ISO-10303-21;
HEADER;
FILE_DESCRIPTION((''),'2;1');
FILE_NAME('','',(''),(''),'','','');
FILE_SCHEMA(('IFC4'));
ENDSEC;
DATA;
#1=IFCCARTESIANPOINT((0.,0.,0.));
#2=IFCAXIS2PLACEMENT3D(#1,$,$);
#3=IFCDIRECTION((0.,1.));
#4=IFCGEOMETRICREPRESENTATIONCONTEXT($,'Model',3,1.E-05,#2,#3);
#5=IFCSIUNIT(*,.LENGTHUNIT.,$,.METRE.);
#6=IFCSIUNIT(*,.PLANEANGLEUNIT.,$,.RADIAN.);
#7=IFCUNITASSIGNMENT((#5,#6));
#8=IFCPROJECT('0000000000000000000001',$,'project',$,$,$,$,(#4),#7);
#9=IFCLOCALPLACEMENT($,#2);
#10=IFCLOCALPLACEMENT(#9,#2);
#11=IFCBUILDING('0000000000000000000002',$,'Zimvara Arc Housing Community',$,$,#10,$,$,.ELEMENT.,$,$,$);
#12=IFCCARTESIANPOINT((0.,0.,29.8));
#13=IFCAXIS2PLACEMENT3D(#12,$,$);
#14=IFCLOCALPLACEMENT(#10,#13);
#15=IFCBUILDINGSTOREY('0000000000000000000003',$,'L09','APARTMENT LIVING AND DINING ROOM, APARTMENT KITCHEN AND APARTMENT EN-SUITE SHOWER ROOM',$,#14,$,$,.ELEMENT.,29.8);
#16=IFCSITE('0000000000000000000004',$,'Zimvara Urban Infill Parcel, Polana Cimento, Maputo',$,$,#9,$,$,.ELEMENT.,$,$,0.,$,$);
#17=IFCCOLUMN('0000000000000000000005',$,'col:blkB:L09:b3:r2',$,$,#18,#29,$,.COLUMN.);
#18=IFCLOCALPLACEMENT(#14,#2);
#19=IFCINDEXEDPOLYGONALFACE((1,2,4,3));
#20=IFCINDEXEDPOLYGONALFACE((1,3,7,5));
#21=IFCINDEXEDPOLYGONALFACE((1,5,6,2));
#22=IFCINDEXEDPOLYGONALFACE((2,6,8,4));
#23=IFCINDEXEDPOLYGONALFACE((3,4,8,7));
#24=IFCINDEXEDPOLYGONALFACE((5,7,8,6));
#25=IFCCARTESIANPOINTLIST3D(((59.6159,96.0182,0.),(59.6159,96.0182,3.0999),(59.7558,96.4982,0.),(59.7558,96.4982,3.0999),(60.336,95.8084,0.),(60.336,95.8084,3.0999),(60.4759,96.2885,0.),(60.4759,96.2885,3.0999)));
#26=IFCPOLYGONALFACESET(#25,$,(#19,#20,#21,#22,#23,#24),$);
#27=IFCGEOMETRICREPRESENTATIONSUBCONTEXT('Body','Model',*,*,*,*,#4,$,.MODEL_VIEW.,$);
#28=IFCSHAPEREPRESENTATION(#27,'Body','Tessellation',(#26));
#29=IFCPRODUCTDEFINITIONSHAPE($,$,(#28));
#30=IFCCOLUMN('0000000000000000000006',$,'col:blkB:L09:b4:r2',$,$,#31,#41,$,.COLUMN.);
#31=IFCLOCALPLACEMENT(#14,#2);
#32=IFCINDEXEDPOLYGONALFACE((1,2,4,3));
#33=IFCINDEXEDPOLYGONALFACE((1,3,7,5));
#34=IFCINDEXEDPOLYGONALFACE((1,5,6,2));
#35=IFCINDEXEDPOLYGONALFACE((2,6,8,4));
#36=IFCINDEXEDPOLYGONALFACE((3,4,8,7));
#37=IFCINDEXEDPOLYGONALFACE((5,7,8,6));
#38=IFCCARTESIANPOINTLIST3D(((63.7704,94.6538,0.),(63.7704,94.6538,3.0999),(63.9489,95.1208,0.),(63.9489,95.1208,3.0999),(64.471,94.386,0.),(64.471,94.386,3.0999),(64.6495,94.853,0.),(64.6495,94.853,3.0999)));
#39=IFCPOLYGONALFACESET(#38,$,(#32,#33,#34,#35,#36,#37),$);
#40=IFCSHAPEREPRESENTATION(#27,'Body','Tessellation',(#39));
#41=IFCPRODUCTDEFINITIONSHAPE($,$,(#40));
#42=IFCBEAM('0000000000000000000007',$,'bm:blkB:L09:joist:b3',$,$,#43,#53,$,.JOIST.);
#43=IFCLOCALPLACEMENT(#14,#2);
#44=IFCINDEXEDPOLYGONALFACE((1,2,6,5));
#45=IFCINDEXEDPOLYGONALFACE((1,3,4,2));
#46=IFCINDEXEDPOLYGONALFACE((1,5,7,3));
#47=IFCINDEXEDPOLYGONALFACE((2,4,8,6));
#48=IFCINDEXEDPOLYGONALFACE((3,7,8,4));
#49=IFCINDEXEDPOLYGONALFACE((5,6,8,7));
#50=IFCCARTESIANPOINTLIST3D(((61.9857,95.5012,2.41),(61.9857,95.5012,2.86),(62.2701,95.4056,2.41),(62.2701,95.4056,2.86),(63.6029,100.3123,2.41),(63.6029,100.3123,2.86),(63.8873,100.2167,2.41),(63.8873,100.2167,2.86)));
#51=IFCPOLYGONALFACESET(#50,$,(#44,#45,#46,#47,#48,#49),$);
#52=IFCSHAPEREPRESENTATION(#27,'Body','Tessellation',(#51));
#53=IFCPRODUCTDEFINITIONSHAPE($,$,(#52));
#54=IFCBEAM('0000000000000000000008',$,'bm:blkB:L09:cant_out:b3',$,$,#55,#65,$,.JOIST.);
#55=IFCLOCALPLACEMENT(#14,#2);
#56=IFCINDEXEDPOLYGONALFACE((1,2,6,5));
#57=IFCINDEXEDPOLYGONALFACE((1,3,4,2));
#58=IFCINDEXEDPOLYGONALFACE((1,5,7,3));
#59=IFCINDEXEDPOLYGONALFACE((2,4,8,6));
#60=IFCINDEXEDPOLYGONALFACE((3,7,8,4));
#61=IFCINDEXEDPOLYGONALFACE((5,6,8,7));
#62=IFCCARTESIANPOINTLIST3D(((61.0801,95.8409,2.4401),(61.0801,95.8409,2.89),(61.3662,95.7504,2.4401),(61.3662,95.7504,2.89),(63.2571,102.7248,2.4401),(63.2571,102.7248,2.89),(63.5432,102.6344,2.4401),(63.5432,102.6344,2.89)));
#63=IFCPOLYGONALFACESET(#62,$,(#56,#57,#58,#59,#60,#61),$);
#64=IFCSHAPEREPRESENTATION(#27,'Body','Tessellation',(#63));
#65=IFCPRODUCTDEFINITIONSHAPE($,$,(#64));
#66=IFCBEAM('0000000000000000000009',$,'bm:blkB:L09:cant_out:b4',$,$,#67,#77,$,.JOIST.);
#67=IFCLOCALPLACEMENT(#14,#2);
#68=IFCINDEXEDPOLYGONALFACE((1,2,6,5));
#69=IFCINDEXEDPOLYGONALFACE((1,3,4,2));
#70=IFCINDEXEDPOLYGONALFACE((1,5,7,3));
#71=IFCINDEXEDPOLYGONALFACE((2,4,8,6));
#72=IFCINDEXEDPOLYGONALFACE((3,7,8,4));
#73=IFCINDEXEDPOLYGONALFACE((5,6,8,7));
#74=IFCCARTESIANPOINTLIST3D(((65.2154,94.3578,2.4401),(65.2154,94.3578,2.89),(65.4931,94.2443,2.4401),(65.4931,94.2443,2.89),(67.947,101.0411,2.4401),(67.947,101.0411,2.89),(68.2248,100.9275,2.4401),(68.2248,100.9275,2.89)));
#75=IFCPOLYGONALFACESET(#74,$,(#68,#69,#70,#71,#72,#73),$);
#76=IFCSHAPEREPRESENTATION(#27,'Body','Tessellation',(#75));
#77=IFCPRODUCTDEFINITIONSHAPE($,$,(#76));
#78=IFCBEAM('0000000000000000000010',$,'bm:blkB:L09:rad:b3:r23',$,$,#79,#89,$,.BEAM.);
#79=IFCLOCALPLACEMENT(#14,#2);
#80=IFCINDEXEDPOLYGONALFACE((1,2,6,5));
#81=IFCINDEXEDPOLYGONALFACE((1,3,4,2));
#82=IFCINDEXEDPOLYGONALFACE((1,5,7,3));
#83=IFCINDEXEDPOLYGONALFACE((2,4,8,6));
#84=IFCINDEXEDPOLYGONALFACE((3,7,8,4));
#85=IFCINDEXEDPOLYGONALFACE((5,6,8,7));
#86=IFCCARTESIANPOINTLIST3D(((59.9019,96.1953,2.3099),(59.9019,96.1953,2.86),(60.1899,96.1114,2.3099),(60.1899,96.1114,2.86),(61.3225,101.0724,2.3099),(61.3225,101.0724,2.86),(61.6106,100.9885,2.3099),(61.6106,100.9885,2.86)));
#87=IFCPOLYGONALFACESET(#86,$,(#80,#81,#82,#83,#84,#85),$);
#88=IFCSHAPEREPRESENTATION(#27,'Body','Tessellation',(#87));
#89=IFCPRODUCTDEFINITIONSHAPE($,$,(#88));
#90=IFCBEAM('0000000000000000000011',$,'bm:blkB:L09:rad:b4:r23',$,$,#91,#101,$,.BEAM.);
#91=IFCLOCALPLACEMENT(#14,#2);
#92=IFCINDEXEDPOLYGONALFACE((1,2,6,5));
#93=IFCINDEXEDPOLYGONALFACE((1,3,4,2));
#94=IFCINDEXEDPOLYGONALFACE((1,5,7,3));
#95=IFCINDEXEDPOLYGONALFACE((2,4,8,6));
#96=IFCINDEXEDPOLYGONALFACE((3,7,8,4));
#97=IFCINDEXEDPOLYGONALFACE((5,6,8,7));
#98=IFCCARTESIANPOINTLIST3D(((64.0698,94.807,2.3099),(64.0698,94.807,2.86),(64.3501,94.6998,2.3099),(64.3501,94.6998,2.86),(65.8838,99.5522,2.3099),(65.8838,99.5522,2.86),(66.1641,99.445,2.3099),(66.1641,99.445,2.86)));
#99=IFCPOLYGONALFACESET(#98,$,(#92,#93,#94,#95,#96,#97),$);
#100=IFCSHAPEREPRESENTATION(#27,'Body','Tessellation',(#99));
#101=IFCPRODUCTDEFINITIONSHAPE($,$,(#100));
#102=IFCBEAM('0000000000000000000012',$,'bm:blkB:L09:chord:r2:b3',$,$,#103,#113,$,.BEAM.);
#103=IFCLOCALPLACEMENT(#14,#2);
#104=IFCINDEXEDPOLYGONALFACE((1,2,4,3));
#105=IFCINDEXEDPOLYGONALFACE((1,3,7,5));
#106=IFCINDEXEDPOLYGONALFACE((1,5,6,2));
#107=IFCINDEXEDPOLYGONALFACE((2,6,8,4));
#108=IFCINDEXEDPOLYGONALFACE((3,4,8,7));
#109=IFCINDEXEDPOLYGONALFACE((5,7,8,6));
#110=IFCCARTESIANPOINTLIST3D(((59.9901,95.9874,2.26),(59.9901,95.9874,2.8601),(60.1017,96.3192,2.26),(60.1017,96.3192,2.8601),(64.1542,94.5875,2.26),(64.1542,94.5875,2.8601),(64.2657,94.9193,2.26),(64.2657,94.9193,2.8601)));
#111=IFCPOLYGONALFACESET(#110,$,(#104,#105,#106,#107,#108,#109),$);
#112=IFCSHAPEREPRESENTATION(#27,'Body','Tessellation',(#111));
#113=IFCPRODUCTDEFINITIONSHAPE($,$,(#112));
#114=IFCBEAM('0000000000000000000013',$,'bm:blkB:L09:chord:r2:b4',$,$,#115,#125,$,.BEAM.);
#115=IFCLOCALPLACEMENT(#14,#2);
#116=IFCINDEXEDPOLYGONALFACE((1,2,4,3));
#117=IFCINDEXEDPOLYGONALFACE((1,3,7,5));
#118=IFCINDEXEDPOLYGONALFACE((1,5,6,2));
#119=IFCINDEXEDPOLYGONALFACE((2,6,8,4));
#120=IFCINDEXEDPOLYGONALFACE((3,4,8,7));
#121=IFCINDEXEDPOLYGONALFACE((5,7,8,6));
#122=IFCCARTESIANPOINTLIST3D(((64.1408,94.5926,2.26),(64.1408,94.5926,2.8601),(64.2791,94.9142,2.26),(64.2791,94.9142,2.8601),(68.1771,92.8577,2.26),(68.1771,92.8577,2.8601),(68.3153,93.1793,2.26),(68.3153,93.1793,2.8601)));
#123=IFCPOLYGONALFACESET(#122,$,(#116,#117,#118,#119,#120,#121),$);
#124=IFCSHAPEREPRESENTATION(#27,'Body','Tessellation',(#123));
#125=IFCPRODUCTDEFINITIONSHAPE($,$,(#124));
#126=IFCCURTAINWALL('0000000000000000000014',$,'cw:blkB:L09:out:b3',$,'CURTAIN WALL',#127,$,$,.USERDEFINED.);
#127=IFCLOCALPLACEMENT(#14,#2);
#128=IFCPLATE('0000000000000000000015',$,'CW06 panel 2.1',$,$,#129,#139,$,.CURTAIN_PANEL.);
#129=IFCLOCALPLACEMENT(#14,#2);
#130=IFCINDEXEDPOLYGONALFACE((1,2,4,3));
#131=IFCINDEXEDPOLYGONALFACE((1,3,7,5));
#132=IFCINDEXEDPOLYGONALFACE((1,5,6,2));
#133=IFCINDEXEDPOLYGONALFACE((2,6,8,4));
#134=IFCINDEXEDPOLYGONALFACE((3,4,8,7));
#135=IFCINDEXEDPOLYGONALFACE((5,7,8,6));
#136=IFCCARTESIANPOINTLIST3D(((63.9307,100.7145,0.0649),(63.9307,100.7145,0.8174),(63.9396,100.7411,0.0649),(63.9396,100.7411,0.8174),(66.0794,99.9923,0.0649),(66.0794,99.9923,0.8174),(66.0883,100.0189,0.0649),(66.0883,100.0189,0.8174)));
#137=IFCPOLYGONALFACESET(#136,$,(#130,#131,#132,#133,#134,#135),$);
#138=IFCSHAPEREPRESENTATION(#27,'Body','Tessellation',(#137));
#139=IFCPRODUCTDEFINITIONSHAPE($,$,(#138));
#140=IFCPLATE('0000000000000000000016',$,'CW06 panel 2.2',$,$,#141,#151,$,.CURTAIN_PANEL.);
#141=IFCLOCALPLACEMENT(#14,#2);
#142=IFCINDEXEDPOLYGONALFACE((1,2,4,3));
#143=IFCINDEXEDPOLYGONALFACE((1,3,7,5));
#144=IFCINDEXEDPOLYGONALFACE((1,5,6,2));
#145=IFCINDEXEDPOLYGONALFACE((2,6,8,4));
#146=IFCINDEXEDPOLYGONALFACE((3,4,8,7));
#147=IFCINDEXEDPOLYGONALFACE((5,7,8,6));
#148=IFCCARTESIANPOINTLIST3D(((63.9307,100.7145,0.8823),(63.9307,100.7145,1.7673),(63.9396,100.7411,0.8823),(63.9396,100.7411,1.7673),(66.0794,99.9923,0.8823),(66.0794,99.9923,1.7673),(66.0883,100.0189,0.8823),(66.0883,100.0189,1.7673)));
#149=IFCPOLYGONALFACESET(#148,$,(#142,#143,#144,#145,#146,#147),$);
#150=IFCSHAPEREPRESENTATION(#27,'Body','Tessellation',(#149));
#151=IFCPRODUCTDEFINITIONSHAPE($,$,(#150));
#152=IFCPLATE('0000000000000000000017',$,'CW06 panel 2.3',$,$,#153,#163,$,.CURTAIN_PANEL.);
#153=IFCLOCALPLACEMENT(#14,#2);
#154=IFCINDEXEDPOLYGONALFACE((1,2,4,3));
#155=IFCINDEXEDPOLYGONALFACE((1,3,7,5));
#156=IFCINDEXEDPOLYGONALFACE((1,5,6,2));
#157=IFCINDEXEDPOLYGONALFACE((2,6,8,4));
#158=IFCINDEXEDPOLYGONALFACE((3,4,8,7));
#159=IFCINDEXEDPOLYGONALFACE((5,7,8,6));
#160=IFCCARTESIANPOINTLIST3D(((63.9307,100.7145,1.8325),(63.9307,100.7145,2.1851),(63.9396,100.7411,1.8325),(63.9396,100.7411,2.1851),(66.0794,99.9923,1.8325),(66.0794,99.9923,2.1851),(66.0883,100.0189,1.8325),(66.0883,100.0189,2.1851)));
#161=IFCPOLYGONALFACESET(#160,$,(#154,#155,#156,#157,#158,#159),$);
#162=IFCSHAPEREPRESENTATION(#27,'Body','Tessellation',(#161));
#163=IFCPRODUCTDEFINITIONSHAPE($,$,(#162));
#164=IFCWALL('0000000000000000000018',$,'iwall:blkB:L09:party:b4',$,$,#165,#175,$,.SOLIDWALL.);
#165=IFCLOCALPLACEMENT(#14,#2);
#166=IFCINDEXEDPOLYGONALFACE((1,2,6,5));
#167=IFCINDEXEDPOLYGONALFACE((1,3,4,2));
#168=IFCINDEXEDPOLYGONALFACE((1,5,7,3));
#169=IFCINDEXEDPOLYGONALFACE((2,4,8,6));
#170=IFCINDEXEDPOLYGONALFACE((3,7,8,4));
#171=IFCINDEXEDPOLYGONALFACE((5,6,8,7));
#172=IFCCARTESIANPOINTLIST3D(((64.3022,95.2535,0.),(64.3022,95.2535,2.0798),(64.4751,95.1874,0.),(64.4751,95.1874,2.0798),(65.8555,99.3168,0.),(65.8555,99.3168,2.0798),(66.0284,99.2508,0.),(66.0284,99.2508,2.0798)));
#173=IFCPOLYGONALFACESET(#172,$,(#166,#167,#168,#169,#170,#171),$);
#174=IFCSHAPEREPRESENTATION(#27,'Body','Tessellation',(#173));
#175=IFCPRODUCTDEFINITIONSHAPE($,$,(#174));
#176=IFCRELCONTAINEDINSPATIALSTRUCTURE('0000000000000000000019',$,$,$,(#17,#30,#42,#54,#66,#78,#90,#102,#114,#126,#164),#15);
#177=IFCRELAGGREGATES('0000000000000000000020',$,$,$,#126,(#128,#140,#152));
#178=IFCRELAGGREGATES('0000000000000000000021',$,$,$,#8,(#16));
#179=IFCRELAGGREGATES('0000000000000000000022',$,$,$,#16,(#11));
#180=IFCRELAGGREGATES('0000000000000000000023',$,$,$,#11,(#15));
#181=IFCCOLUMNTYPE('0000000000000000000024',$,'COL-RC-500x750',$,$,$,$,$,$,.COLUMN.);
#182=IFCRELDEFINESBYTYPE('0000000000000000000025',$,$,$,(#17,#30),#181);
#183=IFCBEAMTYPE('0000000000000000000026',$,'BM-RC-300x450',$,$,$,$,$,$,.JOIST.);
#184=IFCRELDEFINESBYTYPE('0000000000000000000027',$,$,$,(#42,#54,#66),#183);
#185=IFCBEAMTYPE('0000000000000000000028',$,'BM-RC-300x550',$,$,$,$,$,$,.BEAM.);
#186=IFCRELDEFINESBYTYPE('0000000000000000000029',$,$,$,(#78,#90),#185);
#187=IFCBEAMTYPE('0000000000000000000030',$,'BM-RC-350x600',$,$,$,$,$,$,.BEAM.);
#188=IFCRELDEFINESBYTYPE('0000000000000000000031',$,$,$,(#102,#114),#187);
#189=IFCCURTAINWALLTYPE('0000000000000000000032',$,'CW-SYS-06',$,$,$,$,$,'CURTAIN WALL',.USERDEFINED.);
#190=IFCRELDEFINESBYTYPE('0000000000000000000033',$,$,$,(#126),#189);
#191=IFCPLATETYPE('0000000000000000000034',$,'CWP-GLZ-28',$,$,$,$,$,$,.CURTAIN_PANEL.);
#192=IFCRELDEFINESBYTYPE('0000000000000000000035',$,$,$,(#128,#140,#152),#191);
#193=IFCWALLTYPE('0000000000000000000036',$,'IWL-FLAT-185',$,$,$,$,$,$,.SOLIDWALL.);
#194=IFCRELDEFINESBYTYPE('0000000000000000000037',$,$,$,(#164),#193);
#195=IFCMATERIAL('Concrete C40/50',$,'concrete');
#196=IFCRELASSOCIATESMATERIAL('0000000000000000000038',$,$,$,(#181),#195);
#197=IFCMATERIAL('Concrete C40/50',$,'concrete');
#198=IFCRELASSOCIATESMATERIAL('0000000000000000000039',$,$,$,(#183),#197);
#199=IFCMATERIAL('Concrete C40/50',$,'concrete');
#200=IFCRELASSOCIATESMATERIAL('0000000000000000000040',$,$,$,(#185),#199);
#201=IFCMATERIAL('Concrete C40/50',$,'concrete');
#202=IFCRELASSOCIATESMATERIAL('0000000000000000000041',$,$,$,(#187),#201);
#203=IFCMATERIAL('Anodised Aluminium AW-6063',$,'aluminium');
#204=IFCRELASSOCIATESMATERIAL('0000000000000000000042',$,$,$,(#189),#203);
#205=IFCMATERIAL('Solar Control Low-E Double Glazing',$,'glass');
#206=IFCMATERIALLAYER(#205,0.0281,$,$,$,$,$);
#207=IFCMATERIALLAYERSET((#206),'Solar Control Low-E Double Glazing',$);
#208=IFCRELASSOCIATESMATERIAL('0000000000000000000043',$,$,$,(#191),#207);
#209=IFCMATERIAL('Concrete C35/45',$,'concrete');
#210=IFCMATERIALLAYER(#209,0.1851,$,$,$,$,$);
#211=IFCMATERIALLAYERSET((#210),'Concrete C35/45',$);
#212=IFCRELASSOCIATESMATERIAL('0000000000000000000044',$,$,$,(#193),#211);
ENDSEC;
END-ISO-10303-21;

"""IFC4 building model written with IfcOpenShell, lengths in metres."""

from ifc_helpers import new_model, si_unit, direction, frame, frame_2d, origin, origin_2d, place, context, subcontext, project, spatial, rectangle, extrude, material, layer, layer_set, material_profile, profile_set, type_object, element, aggregate, save


model = new_model("IFC4")

# Units and contexts
model_context = context("Model", 3, precision=1e-05, world=origin(), true_north=direction((0.0, 1.0)))
body_context = subcontext(model_context, "Body", "Model", "MODEL_VIEW")
ifc_project = project(units=[si_unit("LENGTHUNIT", "METRE"), si_unit("PLANEANGLEUNIT", "RADIAN")], contexts=[model_context])

# Site, building, storey
site_placement = place(None, origin())
site = spatial("IfcSite", under=ifc_project, at=site_placement, Name="Zimvara Urban Infill Parcel, Polana Cimento, Maputo", CompositionType="ELEMENT", RefElevation=0.0)
building_placement = place(site_placement, origin())
building = spatial("IfcBuilding", under=site, at=building_placement, Name="Zimvara Arc Housing Community", CompositionType="ELEMENT")
storey_placement = place(building_placement, frame((0.0, 0.0, 29.8)))
storey = spatial("IfcBuildingStorey", under=building, at=storey_placement, Name="L09", Description="APARTMENT LIVING AND DINING ROOM, APARTMENT KITCHEN AND APARTMENT EN-SUITE SHOWER ROOM", CompositionType="ELEMENT", Elevation=29.8)

# Columns
ifc_material_1 = material(Name="Concrete C40/50", Category="concrete")
ifc_material_profile_1 = material_profile(ifc_material_1, rectangle(XDim=0.5, YDim=0.75, at=origin_2d()), Name="RC 500x750")
ifc_profile_set_1 = profile_set([ifc_material_profile_1], Name="Concrete C40/50")
column_type = type_object("IfcColumnType", Name="COL-RC-500x750", PredefinedType="COLUMN", material=ifc_profile_set_1)
for number, where, z_axis, x_axis, name in (
    (1, (60.0459, 96.1533, 0.0), (0.0, 0.0, 1.0), (0.279661, 0.960099, 0.0), "col:blkB:L09:b3:r2"),
    (2, (64.21, 94.7534, 0.0), (0.0, 0.0, 1.0), (0.357064, 0.93408, 0.0), "col:blkB:L09:b4:r2"),
):
    element("IfcColumn", number, at=place(storey_placement, frame(where, z_axis=z_axis, x_axis=x_axis)), inside=storey, type_object=column_type, Name=name, PredefinedType="COLUMN", context=body_context, shape_type="SweptSolid", body=[
        extrude(rectangle(XDim=0.5, YDim=0.75, at=origin_2d()), origin(), (0.0, 0.0, 1.0), 3.0999),
    ])

# Beams
ifc_material_2 = material(Name="Concrete C40/50", Category="concrete")
ifc_material_profile_2 = material_profile(ifc_material_2, rectangle(XDim=0.3, YDim=0.45, at=origin_2d()), Name="RC 300x450")
ifc_profile_set_2 = profile_set([ifc_material_profile_2], Name="Concrete C40/50")
beam_type_1 = type_object("IfcBeamType", Name="BM-RC-300x450", PredefinedType="JOIST", material=ifc_profile_set_2)
beam_1_placement = place(storey_placement, frame((62.1279, 95.4534, 2.635), z_axis=(0.318608, 0.947887, 0.0), x_axis=(-0.947887, 0.318608, 0.0)))
element("IfcBeam", 3, at=beam_1_placement, inside=storey, type_object=beam_type_1, Name="bm:blkB:L09:joist:b3", PredefinedType="JOIST", context=body_context, shape_type="SweptSolid", body=[
    extrude(rectangle(XDim=0.3, YDim=0.45, at=origin_2d()), origin(), (0.0, 0.0, 1.0), 5.0757),
])
for number, where, z_axis, x_axis, name in (
    (4, (61.2231, 95.7957, 2.665), (0.301521, 0.953459, 0.0), (-0.953459, 0.301521, 0.0), "bm:blkB:L09:cant_out:b3"),
    (5, (65.3542, 94.301, 2.665), (0.378347, 0.925664, 0.0), (-0.925664, 0.378347, 0.0), "bm:blkB:L09:cant_out:b4"),
):
    element("IfcBeam", number, at=place(storey_placement, frame(where, z_axis=z_axis, x_axis=x_axis)), inside=storey, type_object=beam_type_1, Name=name, PredefinedType="JOIST", context=body_context, shape_type="SweptSolid", body=[
        extrude(rectangle(XDim=0.3, YDim=0.45, at=origin_2d()), origin(), (0.0, 0.0, 1.0), 7.22),
    ])
ifc_material_3 = material(Name="Concrete C40/50", Category="concrete")
ifc_material_profile_3 = material_profile(ifc_material_3, rectangle(XDim=0.3, YDim=0.55, at=origin_2d()), Name="RC 300x550")
ifc_profile_set_3 = profile_set([ifc_material_profile_3], Name="Concrete C40/50")
beam_type_2 = type_object("IfcBeamType", Name="BM-RC-300x550", PredefinedType="BEAM", material=ifc_profile_set_3)
beam_2_placement = place(storey_placement, frame((60.0459, 96.1533, 2.585), z_axis=(0.279662, 0.960098, 0.0), x_axis=(-0.960098, 0.279662, 0.0)))
element("IfcBeam", 6, at=beam_2_placement, inside=storey, type_object=beam_type_2, Name="bm:blkB:L09:rad:b3:r23", PredefinedType="BEAM", context=body_context, shape_type="SweptSolid", body=[
    extrude(rectangle(XDim=0.3, YDim=0.55, at=origin_2d()), origin(), (0.0, 0.0, 1.0), 5.0798),
])
beam_3_placement = place(storey_placement, frame((64.21, 94.7534, 2.585), z_axis=(0.357078, 0.934074, 0.0), x_axis=(-0.934074, 0.357078, 0.0)))
element("IfcBeam", 7, at=beam_3_placement, inside=storey, type_object=beam_type_2, Name="bm:blkB:L09:rad:b4:r23", PredefinedType="BEAM", context=body_context, shape_type="SweptSolid", body=[
    extrude(rectangle(XDim=0.3, YDim=0.55, at=origin_2d()), origin(), (0.0, 0.0, 1.0), 5.0801),
])
ifc_material_4 = material(Name="Concrete C40/50", Category="concrete")
ifc_material_profile_4 = material_profile(ifc_material_4, rectangle(XDim=0.3501, YDim=0.6001, at=origin_2d()), Name="RC 350x600")
ifc_profile_set_4 = profile_set([ifc_material_profile_4], Name="Concrete C40/50")
beam_type_3 = type_object("IfcBeamType", Name="BM-RC-350x600", PredefinedType="BEAM", material=ifc_profile_set_4)
beam_4_placement = place(storey_placement, frame((60.0459, 96.1533, 2.5601), z_axis=(0.947869, -0.318661, 0.0), x_axis=(0.318661, 0.947869, 0.0)))
element("IfcBeam", 8, at=beam_4_placement, inside=storey, type_object=beam_type_3, Name="bm:blkB:L09:chord:r2:b3", PredefinedType="BEAM", context=body_context, shape_type="SweptSolid", body=[
    extrude(rectangle(XDim=0.3501, YDim=0.6001, at=origin_2d()), origin(), (0.0, 0.0, 1.0), 4.3931),
])
beam_5_placement = place(storey_placement, frame((64.21, 94.7534, 2.5601), z_axis=(0.918725, -0.394898, 0.0), x_axis=(0.394898, 0.918725, 0.0)))
element("IfcBeam", 9, at=beam_5_placement, inside=storey, type_object=beam_type_3, Name="bm:blkB:L09:chord:r2:b4", PredefinedType="BEAM", context=body_context, shape_type="SweptSolid", body=[
    extrude(rectangle(XDim=0.3501, YDim=0.6001, at=origin_2d()), origin(), (0.0, 0.0, 1.0), 4.3933),
])

# Curtain wall, plates
ifc_material_5 = material(Name="Anodised Aluminium AW-6063", Category="aluminium")
curtain_wall_type = type_object("IfcCurtainWallType", Name="CW-SYS-06", ElementType="CURTAIN WALL", PredefinedType="USERDEFINED", material=ifc_material_5)
curtain_wall_placement = place(storey_placement, origin())
curtain_wall = element("IfcCurtainWall", 10, at=curtain_wall_placement, inside=storey, type_object=curtain_wall_type, Name="cw:blkB:L09:out:b3", ObjectType="CURTAIN WALL", PredefinedType="USERDEFINED")
ifc_material_6 = material(Name="Solar Control Low-E Double Glazing", Category="glass")
ifc_layer_1 = layer(ifc_material_6, 0.0281)
ifc_layer_set_1 = layer_set([ifc_layer_1], Name="Solar Control Low-E Double Glazing")
plate_type = type_object("IfcPlateType", Name="CWP-GLZ-28", PredefinedType="CURTAIN_PANEL", material=ifc_layer_set_1)
plate_1_placement = place(storey_placement, frame((65.0095, 100.3667, 0.0649), z_axis=(0.0, 0.0, 1.0), x_axis=(0.94788, -0.318629, 0.0)))
plate_1 = element("IfcPlate", 11, at=plate_1_placement, type_object=plate_type, Name="CW06 panel 2.1", PredefinedType="CURTAIN_PANEL", context=body_context, shape_type="SweptSolid", body=[
    extrude(rectangle(XDim=2.2668, YDim=0.0281, at=origin_2d()), origin(), (0.0, 0.0, 1.0), 0.7524),
])
plate_2_placement = place(storey_placement, frame((65.0095, 100.3667, 0.8823), z_axis=(0.0, 0.0, 1.0), x_axis=(0.94788, -0.318629, 0.0)))
plate_2 = element("IfcPlate", 12, at=plate_2_placement, type_object=plate_type, Name="CW06 panel 2.2", PredefinedType="CURTAIN_PANEL", context=body_context, shape_type="SweptSolid", body=[
    extrude(rectangle(XDim=2.2668, YDim=0.0281, at=origin_2d()), origin(), (0.0, 0.0, 1.0), 0.885),
])
plate_3_placement = place(storey_placement, frame((65.0095, 100.3667, 1.8325), z_axis=(0.0, 0.0, 1.0), x_axis=(0.94788, -0.318629, 0.0)))
plate_3 = element("IfcPlate", 13, at=plate_3_placement, type_object=plate_type, Name="CW06 panel 2.3", PredefinedType="CURTAIN_PANEL", context=body_context, shape_type="SweptSolid", body=[
    extrude(rectangle(XDim=2.2668, YDim=0.0281, at=origin_2d()), origin(), (0.0, 0.0, 1.0), 0.3525),
])
aggregate(curtain_wall, [plate_1, plate_2, plate_3])

# Wall
ifc_material_7 = material(Name="Concrete C35/45", Category="concrete")
ifc_layer_2 = layer(ifc_material_7, 0.1851)
ifc_layer_set_2 = layer_set([ifc_layer_2], Name="Concrete C35/45")
wall_type_1 = type_object("IfcWallType", Name="IWL-FLAT-185", PredefinedType="SOLIDWALL", material=ifc_layer_set_2)
wall_1_placement = place(storey_placement, frame((64.3887, 95.2205, 0.0), z_axis=(0.0, 0.0, 1.0), x_axis=(0.357064, 0.93408, 0.0)))
element("IfcWall", 14, at=wall_1_placement, inside=storey, type_object=wall_type_1, Name="iwall:blkB:L09:party:b4", PredefinedType="SOLIDWALL", context=body_context, shape_type="SweptSolid", body=[
    extrude(rectangle(XDim=4.3501, YDim=0.1851, at=frame_2d((2.175, 0.0))), origin(), (0.0, 0.0, 1.0), 2.0798),
])

save(model, "model.ifc")
